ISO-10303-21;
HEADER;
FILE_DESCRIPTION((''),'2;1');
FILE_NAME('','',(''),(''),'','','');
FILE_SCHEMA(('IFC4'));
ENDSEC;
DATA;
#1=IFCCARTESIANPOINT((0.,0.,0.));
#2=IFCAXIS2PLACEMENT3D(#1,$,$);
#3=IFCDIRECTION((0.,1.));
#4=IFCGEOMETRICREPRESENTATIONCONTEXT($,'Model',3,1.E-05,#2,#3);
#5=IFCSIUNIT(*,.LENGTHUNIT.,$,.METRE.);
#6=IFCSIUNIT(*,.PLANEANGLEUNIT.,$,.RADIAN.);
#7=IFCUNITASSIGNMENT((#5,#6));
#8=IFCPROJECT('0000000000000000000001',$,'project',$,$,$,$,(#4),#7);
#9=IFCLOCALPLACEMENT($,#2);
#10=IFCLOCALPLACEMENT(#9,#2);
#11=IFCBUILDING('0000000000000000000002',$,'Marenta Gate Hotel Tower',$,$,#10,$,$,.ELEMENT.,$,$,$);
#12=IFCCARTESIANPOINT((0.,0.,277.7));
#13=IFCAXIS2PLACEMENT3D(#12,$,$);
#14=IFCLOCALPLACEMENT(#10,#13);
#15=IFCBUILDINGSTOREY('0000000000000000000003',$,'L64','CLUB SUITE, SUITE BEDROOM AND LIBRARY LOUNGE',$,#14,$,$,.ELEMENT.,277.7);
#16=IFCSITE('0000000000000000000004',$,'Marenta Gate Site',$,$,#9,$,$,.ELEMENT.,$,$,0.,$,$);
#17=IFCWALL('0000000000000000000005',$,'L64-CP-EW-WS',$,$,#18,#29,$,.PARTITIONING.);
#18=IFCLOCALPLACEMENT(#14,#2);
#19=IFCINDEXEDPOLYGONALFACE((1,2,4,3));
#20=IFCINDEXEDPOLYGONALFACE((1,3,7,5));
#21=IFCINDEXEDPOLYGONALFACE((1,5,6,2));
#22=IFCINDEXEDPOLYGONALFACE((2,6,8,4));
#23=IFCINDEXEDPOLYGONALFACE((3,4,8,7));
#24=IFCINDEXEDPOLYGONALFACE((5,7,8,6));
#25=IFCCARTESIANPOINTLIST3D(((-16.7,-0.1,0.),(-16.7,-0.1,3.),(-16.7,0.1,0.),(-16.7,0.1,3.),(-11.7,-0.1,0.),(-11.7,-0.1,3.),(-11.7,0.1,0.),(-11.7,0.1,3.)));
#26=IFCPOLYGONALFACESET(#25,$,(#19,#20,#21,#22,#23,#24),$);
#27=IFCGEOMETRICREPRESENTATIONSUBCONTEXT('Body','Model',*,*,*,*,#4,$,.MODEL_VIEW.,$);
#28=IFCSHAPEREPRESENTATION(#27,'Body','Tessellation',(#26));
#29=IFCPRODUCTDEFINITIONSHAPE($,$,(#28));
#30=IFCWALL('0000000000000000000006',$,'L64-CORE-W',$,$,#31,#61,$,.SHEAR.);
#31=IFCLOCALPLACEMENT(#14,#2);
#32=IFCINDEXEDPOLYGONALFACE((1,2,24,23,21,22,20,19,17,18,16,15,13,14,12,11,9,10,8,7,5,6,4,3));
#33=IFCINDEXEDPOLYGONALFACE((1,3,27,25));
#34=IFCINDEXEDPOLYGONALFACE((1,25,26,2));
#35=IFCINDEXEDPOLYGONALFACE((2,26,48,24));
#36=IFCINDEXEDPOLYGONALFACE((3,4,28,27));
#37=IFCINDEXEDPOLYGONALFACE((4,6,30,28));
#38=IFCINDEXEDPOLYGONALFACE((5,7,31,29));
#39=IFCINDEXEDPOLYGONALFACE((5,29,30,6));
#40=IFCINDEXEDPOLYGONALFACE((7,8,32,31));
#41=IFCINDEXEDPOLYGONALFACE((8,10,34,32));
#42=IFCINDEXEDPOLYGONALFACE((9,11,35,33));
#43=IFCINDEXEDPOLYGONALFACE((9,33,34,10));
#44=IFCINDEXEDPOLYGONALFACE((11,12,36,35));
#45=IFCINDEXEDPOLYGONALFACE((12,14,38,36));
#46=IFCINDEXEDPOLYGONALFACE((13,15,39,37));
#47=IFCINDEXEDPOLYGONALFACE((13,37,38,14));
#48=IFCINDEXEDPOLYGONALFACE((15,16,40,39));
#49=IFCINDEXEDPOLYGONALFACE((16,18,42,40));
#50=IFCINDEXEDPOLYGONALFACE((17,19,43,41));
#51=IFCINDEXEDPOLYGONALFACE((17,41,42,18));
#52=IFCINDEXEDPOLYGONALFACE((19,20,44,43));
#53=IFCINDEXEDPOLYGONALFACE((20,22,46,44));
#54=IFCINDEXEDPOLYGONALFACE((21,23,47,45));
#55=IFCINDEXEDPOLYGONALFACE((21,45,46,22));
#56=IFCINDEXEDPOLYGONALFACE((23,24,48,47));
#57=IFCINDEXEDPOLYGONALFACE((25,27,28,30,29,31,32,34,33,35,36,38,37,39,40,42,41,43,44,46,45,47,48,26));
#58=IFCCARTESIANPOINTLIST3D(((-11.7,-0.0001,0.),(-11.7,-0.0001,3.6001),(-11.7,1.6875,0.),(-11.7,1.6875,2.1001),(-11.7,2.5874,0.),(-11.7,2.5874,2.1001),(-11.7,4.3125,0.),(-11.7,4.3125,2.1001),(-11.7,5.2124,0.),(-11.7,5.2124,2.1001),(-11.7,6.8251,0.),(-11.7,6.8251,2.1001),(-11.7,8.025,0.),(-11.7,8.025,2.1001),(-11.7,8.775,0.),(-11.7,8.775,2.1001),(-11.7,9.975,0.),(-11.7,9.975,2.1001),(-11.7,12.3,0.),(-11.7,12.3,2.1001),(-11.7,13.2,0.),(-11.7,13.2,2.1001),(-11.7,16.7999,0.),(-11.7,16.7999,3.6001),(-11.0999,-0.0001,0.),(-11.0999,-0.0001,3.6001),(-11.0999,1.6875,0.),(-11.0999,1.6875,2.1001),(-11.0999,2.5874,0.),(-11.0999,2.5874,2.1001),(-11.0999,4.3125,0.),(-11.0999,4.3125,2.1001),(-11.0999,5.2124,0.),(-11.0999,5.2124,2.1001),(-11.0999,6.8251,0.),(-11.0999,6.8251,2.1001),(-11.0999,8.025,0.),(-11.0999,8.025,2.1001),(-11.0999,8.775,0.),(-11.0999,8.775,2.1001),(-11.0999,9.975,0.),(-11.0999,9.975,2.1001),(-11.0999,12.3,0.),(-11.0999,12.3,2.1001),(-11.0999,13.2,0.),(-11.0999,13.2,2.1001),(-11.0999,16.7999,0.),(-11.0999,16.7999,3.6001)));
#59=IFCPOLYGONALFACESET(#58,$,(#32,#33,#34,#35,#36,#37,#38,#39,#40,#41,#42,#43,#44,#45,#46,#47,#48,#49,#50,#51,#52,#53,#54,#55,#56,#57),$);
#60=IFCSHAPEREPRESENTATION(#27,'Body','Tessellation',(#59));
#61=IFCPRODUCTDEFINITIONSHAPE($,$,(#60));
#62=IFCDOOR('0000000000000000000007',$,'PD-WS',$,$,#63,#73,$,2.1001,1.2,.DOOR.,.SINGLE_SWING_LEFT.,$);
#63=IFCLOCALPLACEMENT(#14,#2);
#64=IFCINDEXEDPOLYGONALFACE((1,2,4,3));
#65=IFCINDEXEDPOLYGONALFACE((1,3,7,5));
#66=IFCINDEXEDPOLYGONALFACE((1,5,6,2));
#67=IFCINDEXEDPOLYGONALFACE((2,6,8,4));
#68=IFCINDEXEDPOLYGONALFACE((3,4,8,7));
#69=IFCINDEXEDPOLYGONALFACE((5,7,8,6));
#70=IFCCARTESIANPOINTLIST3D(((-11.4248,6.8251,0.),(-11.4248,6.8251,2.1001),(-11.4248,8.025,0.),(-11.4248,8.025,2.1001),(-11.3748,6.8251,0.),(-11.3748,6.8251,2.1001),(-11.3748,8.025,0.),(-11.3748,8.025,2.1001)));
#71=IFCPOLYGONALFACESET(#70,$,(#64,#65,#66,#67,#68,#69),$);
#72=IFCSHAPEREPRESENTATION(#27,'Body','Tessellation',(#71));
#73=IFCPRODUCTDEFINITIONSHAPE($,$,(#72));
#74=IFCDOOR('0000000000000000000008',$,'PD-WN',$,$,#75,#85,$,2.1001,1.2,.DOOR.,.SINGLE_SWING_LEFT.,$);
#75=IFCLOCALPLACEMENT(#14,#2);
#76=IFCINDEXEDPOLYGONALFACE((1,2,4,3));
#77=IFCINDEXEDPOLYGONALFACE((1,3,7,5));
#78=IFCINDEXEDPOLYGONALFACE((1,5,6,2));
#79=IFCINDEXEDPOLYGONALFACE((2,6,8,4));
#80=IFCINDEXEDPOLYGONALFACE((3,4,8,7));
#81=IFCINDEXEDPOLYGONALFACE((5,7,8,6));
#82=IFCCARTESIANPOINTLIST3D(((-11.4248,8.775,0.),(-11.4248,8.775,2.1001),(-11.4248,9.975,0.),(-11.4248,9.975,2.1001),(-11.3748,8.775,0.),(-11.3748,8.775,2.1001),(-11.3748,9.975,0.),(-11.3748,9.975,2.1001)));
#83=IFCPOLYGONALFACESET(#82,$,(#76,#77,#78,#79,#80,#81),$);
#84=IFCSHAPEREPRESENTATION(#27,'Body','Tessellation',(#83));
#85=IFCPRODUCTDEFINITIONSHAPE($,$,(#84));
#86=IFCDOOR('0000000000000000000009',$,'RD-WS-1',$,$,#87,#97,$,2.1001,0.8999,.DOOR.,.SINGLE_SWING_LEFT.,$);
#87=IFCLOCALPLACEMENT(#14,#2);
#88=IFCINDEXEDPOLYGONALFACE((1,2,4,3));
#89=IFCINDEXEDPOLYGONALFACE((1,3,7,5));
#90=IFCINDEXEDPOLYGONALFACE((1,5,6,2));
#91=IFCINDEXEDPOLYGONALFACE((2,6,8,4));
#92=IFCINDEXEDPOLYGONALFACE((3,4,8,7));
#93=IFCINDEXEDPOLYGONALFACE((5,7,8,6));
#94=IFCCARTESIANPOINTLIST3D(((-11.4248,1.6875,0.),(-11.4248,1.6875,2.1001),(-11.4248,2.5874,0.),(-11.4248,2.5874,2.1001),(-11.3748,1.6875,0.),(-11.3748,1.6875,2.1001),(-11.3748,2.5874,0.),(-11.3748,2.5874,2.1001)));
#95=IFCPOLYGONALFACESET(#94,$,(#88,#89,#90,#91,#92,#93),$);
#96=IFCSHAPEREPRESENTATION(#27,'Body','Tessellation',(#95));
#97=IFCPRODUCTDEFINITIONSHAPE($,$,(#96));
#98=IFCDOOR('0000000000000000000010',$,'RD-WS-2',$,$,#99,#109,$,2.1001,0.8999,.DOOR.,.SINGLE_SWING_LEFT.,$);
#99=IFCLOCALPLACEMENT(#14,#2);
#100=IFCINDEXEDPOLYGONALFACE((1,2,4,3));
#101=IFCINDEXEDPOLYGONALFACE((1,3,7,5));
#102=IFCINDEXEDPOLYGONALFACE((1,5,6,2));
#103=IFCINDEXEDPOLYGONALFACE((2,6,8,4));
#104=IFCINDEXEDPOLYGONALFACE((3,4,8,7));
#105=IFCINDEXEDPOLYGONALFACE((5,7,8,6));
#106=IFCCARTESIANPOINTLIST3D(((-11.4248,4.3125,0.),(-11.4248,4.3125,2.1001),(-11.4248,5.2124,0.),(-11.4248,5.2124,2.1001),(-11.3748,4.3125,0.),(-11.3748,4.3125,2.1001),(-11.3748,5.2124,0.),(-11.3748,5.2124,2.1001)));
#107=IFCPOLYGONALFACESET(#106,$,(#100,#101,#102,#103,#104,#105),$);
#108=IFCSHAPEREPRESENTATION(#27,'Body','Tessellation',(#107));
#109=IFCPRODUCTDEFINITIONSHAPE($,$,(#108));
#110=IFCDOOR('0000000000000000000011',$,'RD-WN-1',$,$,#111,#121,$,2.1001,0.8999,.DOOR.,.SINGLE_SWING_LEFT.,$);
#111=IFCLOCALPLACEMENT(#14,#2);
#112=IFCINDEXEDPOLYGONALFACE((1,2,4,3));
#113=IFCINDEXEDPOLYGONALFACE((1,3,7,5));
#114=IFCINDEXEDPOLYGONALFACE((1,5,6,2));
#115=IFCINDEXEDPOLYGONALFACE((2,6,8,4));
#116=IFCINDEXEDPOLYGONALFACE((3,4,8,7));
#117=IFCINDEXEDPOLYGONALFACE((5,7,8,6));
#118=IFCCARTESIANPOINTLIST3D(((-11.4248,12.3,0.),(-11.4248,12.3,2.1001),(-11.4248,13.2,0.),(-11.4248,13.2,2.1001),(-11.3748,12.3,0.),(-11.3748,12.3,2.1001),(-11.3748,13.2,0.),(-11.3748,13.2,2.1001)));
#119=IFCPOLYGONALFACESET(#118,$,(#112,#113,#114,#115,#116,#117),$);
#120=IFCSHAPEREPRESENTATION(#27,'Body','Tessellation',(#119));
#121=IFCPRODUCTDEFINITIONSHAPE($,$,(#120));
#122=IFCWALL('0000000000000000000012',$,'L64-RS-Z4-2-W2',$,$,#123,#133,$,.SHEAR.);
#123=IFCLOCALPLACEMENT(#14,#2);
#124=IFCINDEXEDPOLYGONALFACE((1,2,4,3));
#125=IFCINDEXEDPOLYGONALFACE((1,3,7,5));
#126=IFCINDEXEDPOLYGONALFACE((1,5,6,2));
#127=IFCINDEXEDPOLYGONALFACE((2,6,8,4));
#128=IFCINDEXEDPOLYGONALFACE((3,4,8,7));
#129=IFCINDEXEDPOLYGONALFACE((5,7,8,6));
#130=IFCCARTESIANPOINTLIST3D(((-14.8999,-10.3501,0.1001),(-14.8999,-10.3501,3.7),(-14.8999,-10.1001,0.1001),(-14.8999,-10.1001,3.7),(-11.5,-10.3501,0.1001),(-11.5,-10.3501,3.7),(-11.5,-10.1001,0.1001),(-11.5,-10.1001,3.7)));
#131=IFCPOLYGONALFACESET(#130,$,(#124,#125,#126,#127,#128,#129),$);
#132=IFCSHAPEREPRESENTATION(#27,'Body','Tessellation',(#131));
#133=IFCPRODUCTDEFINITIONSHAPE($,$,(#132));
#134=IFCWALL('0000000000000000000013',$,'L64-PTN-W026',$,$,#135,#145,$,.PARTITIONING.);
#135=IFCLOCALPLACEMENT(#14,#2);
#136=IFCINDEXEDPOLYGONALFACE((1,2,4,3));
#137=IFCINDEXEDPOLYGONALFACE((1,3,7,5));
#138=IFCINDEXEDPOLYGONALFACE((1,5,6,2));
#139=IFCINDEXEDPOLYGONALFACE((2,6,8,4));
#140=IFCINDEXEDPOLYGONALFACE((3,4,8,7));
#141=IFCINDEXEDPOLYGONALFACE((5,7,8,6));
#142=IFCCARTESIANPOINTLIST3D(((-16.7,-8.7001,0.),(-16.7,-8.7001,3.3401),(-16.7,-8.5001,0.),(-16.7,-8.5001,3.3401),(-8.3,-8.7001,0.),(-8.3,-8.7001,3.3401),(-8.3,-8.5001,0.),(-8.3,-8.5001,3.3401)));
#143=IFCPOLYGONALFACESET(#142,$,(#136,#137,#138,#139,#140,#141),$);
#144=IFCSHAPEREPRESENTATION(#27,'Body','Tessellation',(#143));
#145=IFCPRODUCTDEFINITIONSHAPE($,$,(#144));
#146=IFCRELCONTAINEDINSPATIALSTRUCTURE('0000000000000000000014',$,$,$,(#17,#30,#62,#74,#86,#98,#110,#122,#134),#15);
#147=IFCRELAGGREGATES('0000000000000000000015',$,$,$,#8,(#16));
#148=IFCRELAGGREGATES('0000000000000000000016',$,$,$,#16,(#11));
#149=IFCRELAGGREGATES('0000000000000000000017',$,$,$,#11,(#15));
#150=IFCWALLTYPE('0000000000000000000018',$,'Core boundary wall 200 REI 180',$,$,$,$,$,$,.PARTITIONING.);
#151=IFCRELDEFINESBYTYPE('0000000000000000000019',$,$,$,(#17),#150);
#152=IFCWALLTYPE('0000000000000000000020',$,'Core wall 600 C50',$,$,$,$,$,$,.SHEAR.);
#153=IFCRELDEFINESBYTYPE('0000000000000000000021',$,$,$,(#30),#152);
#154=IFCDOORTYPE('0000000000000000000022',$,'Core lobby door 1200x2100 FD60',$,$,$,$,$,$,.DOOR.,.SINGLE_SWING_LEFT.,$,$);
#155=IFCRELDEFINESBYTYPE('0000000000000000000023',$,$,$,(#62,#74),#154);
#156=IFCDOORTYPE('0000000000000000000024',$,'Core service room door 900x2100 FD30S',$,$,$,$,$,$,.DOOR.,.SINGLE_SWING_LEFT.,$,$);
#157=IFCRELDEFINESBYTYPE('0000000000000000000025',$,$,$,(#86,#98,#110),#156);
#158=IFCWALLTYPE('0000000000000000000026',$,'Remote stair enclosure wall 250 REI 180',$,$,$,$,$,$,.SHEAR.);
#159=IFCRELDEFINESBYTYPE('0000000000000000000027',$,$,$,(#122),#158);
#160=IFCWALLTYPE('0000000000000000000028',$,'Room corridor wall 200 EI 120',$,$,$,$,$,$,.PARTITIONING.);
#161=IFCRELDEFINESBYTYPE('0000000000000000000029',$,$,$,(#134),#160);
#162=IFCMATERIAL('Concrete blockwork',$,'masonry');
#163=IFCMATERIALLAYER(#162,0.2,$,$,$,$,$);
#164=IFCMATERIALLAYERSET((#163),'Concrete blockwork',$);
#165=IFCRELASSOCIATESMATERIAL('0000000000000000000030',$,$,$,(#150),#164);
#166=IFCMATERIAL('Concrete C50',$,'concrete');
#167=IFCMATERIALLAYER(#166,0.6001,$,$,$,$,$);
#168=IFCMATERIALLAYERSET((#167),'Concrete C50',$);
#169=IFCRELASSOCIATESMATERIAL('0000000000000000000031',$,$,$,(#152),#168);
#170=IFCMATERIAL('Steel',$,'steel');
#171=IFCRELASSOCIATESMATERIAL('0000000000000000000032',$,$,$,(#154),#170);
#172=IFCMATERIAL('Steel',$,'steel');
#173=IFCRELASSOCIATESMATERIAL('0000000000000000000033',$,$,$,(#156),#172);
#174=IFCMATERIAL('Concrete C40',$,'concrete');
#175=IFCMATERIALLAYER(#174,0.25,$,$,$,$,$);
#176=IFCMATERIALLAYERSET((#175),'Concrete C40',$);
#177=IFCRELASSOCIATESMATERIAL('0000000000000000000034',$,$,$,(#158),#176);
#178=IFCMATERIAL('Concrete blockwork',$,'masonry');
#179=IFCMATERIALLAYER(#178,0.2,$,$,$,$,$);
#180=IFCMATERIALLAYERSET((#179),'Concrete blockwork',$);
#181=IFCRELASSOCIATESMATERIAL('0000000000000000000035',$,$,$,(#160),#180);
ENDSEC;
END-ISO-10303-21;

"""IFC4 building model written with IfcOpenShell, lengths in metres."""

from ifc_helpers import new_model, si_unit, direction, frame, frame_2d, origin, place, context, subcontext, project, spatial, rectangle, extrude, material, layer, layer_set, type_object, element, fill, save


model = new_model("IFC4")

# Units and contexts
model_context = context("Model", 3, precision=1e-05, world=origin(), true_north=direction((0.0, 1.0)))
body_context = subcontext(model_context, "Body", "Model", "MODEL_VIEW")
ifc_project = project(units=[si_unit("LENGTHUNIT", "METRE"), si_unit("PLANEANGLEUNIT", "RADIAN")], contexts=[model_context])

# Site, building, storey
site_placement = place(None, origin())
site = spatial("IfcSite", under=ifc_project, at=site_placement, Name="Marenta Gate Site", CompositionType="ELEMENT", RefElevation=0.0)
building_placement = place(site_placement, origin())
building = spatial("IfcBuilding", under=site, at=building_placement, Name="Marenta Gate Hotel Tower", CompositionType="ELEMENT")
storey_placement = place(building_placement, frame((0.0, 0.0, 277.7)))
storey = spatial("IfcBuildingStorey", under=building, at=storey_placement, Name="L64", Description="CLUB SUITE, SUITE BEDROOM AND LIBRARY LOUNGE", CompositionType="ELEMENT", Elevation=277.7)

# Shared definitions
ifc_material_1 = material(Name="Concrete blockwork", Category="masonry")
ifc_layer_1 = layer(ifc_material_1, 0.2)
ifc_layer_set_1 = layer_set([ifc_layer_1], Name="Concrete blockwork")
wall_type_1 = type_object("IfcWallType", Name="Core boundary wall 200 REI 180", PredefinedType="PARTITIONING", material=ifc_layer_set_1)

# Wall
wall_1_placement = place(storey_placement, frame((-16.7, 0.0, 0.0), z_axis=(0.0, 0.0, 1.0), x_axis=(1.0, 0.0, 0.0)))
element("IfcWall", 1, at=wall_1_placement, inside=storey, type_object=wall_type_1, Name="L64-CP-EW-WS", PredefinedType="PARTITIONING", context=body_context, shape_type="SweptSolid", body=[
    extrude(rectangle(XDim=5.0, YDim=0.2, at=frame_2d((2.5, 0.0))), origin(), (0.0, 0.0, 1.0), 3.0),
])

# Wall, openings, doors
ifc_material_2 = material(Name="Concrete C50", Category="concrete")
ifc_layer_2 = layer(ifc_material_2, 0.6001)
ifc_layer_set_2 = layer_set([ifc_layer_2], Name="Concrete C50")
wall_type_2 = type_object("IfcWallType", Name="Core wall 600 C50", PredefinedType="SHEAR", material=ifc_layer_set_2)
wall_2_placement = place(storey_placement, frame((-11.3999, 0.0, 0.0), z_axis=(0.0, 0.0, 1.0), x_axis=(0.0, 1.0, 0.0)))
wall_2 = element("IfcWall", 2, at=wall_2_placement, inside=storey, type_object=wall_type_2, Name="L64-CORE-W", PredefinedType="SHEAR", context=body_context, shape_type="SweptSolid", body=[
    extrude(rectangle(XDim=16.8, YDim=0.6001, at=frame_2d((8.3999, 0.0))), origin(), (0.0, 0.0, 1.0), 3.6001),
])
opening_1_placement = place(wall_2_placement, frame((1.6875, 0.0, 0.0)))
opening_1 = element("IfcOpeningElement", 3, at=opening_1_placement, cuts=wall_2, PredefinedType="OPENING", context=body_context, shape_type="SweptSolid", body=[
    extrude(rectangle(XDim=0.8999, YDim=2.1001, at=frame_2d((0.45, 1.05))), frame((0.0, 0.3, 0.0), z_axis=(0.0, -1.0, 0.0), x_axis=(1.0, 0.0, 0.0)), (0.0, 0.0, 1.0), 0.6001),
])
opening_2_placement = place(wall_2_placement, frame((4.3125, 0.0, 0.0)))
opening_2 = element("IfcOpeningElement", 4, at=opening_2_placement, cuts=wall_2, PredefinedType="OPENING", context=body_context, shape_type="SweptSolid", body=[
    extrude(rectangle(XDim=0.8999, YDim=2.1001, at=frame_2d((0.45, 1.05))), frame((0.0, 0.3, 0.0), z_axis=(0.0, -1.0, 0.0), x_axis=(1.0, 0.0, 0.0)), (0.0, 0.0, 1.0), 0.6001),
])
opening_3_placement = place(wall_2_placement, frame((6.825, 0.0, 0.0)))
opening_3 = element("IfcOpeningElement", 5, at=opening_3_placement, cuts=wall_2, PredefinedType="OPENING", context=body_context, shape_type="SweptSolid", body=[
    extrude(rectangle(XDim=1.2, YDim=2.1001, at=frame_2d((0.6001, 1.05))), frame((0.0, 0.3, 0.0), z_axis=(0.0, -1.0, 0.0), x_axis=(1.0, 0.0, 0.0)), (0.0, 0.0, 1.0), 0.6001),
])
opening_4_placement = place(wall_2_placement, frame((12.3, 0.0, 0.0)))
opening_4 = element("IfcOpeningElement", 6, at=opening_4_placement, cuts=wall_2, PredefinedType="OPENING", context=body_context, shape_type="SweptSolid", body=[
    extrude(rectangle(XDim=0.8999, YDim=2.1001, at=frame_2d((0.45, 1.05))), frame((0.0, 0.3, 0.0), z_axis=(0.0, -1.0, 0.0), x_axis=(1.0, 0.0, 0.0)), (0.0, 0.0, 1.0), 0.6001),
])
opening_5_placement = place(wall_2_placement, frame((8.7749, 0.0, 0.0)))
opening_5 = element("IfcOpeningElement", 7, at=opening_5_placement, cuts=wall_2, PredefinedType="OPENING", context=body_context, shape_type="SweptSolid", body=[
    extrude(rectangle(XDim=1.2, YDim=2.1001, at=frame_2d((0.6001, 1.05))), frame((0.0, 0.3, 0.0), z_axis=(0.0, -1.0, 0.0), x_axis=(1.0, 0.0, 0.0)), (0.0, 0.0, 1.0), 0.6001),
])
ifc_material_3 = material(Name="Steel", Category="steel")
door_type_1 = type_object("IfcDoorType", Name="Core lobby door 1200x2100 FD60", OperationType="SINGLE_SWING_LEFT", PredefinedType="DOOR", material=ifc_material_3)
door_1_placement = place(opening_3_placement, origin())
door_1 = element("IfcDoor", 8, at=door_1_placement, inside=storey, type_object=door_type_1, Name="PD-WS", OperationType="SINGLE_SWING_LEFT", OverallHeight=2.1001, OverallWidth=1.2, PredefinedType="DOOR", context=body_context, shape_type="SweptSolid", body=[
    extrude(rectangle(XDim=1.2, YDim=2.1001, at=frame_2d((0.6001, 1.05))), frame((0.0, 0.0249, 0.0), z_axis=(0.0, -1.0, 0.0), x_axis=(1.0, 0.0, 0.0)), (0.0, 0.0, 1.0), 0.05),
])
fill(opening_3, door_1)
door_2_placement = place(opening_5_placement, origin())
door_2 = element("IfcDoor", 9, at=door_2_placement, inside=storey, type_object=door_type_1, Name="PD-WN", OperationType="SINGLE_SWING_LEFT", OverallHeight=2.1001, OverallWidth=1.2, PredefinedType="DOOR", context=body_context, shape_type="SweptSolid", body=[
    extrude(rectangle(XDim=1.2, YDim=2.1001, at=frame_2d((0.6001, 1.05))), frame((0.0, 0.0249, 0.0), z_axis=(0.0, -1.0, 0.0), x_axis=(1.0, 0.0, 0.0)), (0.0, 0.0, 1.0), 0.05),
])
fill(opening_5, door_2)
ifc_material_4 = material(Name="Steel", Category="steel")
door_type_2 = type_object("IfcDoorType", Name="Core service room door 900x2100 FD30S", OperationType="SINGLE_SWING_LEFT", PredefinedType="DOOR", material=ifc_material_4)
door_3_placement = place(opening_1_placement, origin())
door_3 = element("IfcDoor", 10, at=door_3_placement, inside=storey, type_object=door_type_2, Name="RD-WS-1", OperationType="SINGLE_SWING_LEFT", OverallHeight=2.1001, OverallWidth=0.8999, PredefinedType="DOOR", context=body_context, shape_type="SweptSolid", body=[
    extrude(rectangle(XDim=0.8999, YDim=2.1001, at=frame_2d((0.45, 1.05))), frame((0.0, 0.0249, 0.0), z_axis=(0.0, -1.0, 0.0), x_axis=(1.0, 0.0, 0.0)), (0.0, 0.0, 1.0), 0.05),
])
fill(opening_1, door_3)
door_4_placement = place(opening_2_placement, origin())
door_4 = element("IfcDoor", 11, at=door_4_placement, inside=storey, type_object=door_type_2, Name="RD-WS-2", OperationType="SINGLE_SWING_LEFT", OverallHeight=2.1001, OverallWidth=0.8999, PredefinedType="DOOR", context=body_context, shape_type="SweptSolid", body=[
    extrude(rectangle(XDim=0.8999, YDim=2.1001, at=frame_2d((0.45, 1.05))), frame((0.0, 0.0249, 0.0), z_axis=(0.0, -1.0, 0.0), x_axis=(1.0, 0.0, 0.0)), (0.0, 0.0, 1.0), 0.05),
])
fill(opening_2, door_4)
door_5_placement = place(opening_4_placement, origin())
door_5 = element("IfcDoor", 12, at=door_5_placement, inside=storey, type_object=door_type_2, Name="RD-WN-1", OperationType="SINGLE_SWING_LEFT", OverallHeight=2.1001, OverallWidth=0.8999, PredefinedType="DOOR", context=body_context, shape_type="SweptSolid", body=[
    extrude(rectangle(XDim=0.8999, YDim=2.1001, at=frame_2d((0.45, 1.05))), frame((0.0, 0.0249, 0.0), z_axis=(0.0, -1.0, 0.0), x_axis=(1.0, 0.0, 0.0)), (0.0, 0.0, 1.0), 0.05),
])
fill(opening_4, door_5)

# Walls
ifc_material_5 = material(Name="Concrete C40", Category="concrete")
ifc_layer_3 = layer(ifc_material_5, 0.25)
ifc_layer_set_3 = layer_set([ifc_layer_3], Name="Concrete C40")
wall_type_3 = type_object("IfcWallType", Name="Remote stair enclosure wall 250 REI 180", PredefinedType="SHEAR", material=ifc_layer_set_3)
wall_3_placement = place(storey_placement, frame((-14.8999, -10.2251, 0.1001), z_axis=(0.0, 0.0, 1.0), x_axis=(1.0, 0.0, 0.0)))
element("IfcWall", 13, at=wall_3_placement, inside=storey, type_object=wall_type_3, Name="L64-RS-Z4-2-W2", PredefinedType="SHEAR", context=body_context, shape_type="SweptSolid", body=[
    extrude(rectangle(XDim=3.3999, YDim=0.25, at=frame_2d((1.7, 0.0))), origin(), (0.0, 0.0, 1.0), 3.5999),
])
ifc_material_6 = material(Name="Concrete blockwork", Category="masonry")
ifc_layer_4 = layer(ifc_material_6, 0.2)
ifc_layer_set_4 = layer_set([ifc_layer_4], Name="Concrete blockwork")
wall_type_4 = type_object("IfcWallType", Name="Room corridor wall 200 EI 120", PredefinedType="PARTITIONING", material=ifc_layer_set_4)
wall_4_placement = place(storey_placement, frame((-16.7, -8.6001, 0.0), z_axis=(0.0, 0.0, 1.0), x_axis=(1.0, 0.0, 0.0)))
element("IfcWall", 14, at=wall_4_placement, inside=storey, type_object=wall_type_4, Name="L64-PTN-W026", PredefinedType="PARTITIONING", context=body_context, shape_type="SweptSolid", body=[
    extrude(rectangle(XDim=8.3999, YDim=0.2, at=frame_2d((4.2, 0.0))), origin(), (0.0, 0.0, 1.0), 3.3401),
])

save(model, "model.ifc")
